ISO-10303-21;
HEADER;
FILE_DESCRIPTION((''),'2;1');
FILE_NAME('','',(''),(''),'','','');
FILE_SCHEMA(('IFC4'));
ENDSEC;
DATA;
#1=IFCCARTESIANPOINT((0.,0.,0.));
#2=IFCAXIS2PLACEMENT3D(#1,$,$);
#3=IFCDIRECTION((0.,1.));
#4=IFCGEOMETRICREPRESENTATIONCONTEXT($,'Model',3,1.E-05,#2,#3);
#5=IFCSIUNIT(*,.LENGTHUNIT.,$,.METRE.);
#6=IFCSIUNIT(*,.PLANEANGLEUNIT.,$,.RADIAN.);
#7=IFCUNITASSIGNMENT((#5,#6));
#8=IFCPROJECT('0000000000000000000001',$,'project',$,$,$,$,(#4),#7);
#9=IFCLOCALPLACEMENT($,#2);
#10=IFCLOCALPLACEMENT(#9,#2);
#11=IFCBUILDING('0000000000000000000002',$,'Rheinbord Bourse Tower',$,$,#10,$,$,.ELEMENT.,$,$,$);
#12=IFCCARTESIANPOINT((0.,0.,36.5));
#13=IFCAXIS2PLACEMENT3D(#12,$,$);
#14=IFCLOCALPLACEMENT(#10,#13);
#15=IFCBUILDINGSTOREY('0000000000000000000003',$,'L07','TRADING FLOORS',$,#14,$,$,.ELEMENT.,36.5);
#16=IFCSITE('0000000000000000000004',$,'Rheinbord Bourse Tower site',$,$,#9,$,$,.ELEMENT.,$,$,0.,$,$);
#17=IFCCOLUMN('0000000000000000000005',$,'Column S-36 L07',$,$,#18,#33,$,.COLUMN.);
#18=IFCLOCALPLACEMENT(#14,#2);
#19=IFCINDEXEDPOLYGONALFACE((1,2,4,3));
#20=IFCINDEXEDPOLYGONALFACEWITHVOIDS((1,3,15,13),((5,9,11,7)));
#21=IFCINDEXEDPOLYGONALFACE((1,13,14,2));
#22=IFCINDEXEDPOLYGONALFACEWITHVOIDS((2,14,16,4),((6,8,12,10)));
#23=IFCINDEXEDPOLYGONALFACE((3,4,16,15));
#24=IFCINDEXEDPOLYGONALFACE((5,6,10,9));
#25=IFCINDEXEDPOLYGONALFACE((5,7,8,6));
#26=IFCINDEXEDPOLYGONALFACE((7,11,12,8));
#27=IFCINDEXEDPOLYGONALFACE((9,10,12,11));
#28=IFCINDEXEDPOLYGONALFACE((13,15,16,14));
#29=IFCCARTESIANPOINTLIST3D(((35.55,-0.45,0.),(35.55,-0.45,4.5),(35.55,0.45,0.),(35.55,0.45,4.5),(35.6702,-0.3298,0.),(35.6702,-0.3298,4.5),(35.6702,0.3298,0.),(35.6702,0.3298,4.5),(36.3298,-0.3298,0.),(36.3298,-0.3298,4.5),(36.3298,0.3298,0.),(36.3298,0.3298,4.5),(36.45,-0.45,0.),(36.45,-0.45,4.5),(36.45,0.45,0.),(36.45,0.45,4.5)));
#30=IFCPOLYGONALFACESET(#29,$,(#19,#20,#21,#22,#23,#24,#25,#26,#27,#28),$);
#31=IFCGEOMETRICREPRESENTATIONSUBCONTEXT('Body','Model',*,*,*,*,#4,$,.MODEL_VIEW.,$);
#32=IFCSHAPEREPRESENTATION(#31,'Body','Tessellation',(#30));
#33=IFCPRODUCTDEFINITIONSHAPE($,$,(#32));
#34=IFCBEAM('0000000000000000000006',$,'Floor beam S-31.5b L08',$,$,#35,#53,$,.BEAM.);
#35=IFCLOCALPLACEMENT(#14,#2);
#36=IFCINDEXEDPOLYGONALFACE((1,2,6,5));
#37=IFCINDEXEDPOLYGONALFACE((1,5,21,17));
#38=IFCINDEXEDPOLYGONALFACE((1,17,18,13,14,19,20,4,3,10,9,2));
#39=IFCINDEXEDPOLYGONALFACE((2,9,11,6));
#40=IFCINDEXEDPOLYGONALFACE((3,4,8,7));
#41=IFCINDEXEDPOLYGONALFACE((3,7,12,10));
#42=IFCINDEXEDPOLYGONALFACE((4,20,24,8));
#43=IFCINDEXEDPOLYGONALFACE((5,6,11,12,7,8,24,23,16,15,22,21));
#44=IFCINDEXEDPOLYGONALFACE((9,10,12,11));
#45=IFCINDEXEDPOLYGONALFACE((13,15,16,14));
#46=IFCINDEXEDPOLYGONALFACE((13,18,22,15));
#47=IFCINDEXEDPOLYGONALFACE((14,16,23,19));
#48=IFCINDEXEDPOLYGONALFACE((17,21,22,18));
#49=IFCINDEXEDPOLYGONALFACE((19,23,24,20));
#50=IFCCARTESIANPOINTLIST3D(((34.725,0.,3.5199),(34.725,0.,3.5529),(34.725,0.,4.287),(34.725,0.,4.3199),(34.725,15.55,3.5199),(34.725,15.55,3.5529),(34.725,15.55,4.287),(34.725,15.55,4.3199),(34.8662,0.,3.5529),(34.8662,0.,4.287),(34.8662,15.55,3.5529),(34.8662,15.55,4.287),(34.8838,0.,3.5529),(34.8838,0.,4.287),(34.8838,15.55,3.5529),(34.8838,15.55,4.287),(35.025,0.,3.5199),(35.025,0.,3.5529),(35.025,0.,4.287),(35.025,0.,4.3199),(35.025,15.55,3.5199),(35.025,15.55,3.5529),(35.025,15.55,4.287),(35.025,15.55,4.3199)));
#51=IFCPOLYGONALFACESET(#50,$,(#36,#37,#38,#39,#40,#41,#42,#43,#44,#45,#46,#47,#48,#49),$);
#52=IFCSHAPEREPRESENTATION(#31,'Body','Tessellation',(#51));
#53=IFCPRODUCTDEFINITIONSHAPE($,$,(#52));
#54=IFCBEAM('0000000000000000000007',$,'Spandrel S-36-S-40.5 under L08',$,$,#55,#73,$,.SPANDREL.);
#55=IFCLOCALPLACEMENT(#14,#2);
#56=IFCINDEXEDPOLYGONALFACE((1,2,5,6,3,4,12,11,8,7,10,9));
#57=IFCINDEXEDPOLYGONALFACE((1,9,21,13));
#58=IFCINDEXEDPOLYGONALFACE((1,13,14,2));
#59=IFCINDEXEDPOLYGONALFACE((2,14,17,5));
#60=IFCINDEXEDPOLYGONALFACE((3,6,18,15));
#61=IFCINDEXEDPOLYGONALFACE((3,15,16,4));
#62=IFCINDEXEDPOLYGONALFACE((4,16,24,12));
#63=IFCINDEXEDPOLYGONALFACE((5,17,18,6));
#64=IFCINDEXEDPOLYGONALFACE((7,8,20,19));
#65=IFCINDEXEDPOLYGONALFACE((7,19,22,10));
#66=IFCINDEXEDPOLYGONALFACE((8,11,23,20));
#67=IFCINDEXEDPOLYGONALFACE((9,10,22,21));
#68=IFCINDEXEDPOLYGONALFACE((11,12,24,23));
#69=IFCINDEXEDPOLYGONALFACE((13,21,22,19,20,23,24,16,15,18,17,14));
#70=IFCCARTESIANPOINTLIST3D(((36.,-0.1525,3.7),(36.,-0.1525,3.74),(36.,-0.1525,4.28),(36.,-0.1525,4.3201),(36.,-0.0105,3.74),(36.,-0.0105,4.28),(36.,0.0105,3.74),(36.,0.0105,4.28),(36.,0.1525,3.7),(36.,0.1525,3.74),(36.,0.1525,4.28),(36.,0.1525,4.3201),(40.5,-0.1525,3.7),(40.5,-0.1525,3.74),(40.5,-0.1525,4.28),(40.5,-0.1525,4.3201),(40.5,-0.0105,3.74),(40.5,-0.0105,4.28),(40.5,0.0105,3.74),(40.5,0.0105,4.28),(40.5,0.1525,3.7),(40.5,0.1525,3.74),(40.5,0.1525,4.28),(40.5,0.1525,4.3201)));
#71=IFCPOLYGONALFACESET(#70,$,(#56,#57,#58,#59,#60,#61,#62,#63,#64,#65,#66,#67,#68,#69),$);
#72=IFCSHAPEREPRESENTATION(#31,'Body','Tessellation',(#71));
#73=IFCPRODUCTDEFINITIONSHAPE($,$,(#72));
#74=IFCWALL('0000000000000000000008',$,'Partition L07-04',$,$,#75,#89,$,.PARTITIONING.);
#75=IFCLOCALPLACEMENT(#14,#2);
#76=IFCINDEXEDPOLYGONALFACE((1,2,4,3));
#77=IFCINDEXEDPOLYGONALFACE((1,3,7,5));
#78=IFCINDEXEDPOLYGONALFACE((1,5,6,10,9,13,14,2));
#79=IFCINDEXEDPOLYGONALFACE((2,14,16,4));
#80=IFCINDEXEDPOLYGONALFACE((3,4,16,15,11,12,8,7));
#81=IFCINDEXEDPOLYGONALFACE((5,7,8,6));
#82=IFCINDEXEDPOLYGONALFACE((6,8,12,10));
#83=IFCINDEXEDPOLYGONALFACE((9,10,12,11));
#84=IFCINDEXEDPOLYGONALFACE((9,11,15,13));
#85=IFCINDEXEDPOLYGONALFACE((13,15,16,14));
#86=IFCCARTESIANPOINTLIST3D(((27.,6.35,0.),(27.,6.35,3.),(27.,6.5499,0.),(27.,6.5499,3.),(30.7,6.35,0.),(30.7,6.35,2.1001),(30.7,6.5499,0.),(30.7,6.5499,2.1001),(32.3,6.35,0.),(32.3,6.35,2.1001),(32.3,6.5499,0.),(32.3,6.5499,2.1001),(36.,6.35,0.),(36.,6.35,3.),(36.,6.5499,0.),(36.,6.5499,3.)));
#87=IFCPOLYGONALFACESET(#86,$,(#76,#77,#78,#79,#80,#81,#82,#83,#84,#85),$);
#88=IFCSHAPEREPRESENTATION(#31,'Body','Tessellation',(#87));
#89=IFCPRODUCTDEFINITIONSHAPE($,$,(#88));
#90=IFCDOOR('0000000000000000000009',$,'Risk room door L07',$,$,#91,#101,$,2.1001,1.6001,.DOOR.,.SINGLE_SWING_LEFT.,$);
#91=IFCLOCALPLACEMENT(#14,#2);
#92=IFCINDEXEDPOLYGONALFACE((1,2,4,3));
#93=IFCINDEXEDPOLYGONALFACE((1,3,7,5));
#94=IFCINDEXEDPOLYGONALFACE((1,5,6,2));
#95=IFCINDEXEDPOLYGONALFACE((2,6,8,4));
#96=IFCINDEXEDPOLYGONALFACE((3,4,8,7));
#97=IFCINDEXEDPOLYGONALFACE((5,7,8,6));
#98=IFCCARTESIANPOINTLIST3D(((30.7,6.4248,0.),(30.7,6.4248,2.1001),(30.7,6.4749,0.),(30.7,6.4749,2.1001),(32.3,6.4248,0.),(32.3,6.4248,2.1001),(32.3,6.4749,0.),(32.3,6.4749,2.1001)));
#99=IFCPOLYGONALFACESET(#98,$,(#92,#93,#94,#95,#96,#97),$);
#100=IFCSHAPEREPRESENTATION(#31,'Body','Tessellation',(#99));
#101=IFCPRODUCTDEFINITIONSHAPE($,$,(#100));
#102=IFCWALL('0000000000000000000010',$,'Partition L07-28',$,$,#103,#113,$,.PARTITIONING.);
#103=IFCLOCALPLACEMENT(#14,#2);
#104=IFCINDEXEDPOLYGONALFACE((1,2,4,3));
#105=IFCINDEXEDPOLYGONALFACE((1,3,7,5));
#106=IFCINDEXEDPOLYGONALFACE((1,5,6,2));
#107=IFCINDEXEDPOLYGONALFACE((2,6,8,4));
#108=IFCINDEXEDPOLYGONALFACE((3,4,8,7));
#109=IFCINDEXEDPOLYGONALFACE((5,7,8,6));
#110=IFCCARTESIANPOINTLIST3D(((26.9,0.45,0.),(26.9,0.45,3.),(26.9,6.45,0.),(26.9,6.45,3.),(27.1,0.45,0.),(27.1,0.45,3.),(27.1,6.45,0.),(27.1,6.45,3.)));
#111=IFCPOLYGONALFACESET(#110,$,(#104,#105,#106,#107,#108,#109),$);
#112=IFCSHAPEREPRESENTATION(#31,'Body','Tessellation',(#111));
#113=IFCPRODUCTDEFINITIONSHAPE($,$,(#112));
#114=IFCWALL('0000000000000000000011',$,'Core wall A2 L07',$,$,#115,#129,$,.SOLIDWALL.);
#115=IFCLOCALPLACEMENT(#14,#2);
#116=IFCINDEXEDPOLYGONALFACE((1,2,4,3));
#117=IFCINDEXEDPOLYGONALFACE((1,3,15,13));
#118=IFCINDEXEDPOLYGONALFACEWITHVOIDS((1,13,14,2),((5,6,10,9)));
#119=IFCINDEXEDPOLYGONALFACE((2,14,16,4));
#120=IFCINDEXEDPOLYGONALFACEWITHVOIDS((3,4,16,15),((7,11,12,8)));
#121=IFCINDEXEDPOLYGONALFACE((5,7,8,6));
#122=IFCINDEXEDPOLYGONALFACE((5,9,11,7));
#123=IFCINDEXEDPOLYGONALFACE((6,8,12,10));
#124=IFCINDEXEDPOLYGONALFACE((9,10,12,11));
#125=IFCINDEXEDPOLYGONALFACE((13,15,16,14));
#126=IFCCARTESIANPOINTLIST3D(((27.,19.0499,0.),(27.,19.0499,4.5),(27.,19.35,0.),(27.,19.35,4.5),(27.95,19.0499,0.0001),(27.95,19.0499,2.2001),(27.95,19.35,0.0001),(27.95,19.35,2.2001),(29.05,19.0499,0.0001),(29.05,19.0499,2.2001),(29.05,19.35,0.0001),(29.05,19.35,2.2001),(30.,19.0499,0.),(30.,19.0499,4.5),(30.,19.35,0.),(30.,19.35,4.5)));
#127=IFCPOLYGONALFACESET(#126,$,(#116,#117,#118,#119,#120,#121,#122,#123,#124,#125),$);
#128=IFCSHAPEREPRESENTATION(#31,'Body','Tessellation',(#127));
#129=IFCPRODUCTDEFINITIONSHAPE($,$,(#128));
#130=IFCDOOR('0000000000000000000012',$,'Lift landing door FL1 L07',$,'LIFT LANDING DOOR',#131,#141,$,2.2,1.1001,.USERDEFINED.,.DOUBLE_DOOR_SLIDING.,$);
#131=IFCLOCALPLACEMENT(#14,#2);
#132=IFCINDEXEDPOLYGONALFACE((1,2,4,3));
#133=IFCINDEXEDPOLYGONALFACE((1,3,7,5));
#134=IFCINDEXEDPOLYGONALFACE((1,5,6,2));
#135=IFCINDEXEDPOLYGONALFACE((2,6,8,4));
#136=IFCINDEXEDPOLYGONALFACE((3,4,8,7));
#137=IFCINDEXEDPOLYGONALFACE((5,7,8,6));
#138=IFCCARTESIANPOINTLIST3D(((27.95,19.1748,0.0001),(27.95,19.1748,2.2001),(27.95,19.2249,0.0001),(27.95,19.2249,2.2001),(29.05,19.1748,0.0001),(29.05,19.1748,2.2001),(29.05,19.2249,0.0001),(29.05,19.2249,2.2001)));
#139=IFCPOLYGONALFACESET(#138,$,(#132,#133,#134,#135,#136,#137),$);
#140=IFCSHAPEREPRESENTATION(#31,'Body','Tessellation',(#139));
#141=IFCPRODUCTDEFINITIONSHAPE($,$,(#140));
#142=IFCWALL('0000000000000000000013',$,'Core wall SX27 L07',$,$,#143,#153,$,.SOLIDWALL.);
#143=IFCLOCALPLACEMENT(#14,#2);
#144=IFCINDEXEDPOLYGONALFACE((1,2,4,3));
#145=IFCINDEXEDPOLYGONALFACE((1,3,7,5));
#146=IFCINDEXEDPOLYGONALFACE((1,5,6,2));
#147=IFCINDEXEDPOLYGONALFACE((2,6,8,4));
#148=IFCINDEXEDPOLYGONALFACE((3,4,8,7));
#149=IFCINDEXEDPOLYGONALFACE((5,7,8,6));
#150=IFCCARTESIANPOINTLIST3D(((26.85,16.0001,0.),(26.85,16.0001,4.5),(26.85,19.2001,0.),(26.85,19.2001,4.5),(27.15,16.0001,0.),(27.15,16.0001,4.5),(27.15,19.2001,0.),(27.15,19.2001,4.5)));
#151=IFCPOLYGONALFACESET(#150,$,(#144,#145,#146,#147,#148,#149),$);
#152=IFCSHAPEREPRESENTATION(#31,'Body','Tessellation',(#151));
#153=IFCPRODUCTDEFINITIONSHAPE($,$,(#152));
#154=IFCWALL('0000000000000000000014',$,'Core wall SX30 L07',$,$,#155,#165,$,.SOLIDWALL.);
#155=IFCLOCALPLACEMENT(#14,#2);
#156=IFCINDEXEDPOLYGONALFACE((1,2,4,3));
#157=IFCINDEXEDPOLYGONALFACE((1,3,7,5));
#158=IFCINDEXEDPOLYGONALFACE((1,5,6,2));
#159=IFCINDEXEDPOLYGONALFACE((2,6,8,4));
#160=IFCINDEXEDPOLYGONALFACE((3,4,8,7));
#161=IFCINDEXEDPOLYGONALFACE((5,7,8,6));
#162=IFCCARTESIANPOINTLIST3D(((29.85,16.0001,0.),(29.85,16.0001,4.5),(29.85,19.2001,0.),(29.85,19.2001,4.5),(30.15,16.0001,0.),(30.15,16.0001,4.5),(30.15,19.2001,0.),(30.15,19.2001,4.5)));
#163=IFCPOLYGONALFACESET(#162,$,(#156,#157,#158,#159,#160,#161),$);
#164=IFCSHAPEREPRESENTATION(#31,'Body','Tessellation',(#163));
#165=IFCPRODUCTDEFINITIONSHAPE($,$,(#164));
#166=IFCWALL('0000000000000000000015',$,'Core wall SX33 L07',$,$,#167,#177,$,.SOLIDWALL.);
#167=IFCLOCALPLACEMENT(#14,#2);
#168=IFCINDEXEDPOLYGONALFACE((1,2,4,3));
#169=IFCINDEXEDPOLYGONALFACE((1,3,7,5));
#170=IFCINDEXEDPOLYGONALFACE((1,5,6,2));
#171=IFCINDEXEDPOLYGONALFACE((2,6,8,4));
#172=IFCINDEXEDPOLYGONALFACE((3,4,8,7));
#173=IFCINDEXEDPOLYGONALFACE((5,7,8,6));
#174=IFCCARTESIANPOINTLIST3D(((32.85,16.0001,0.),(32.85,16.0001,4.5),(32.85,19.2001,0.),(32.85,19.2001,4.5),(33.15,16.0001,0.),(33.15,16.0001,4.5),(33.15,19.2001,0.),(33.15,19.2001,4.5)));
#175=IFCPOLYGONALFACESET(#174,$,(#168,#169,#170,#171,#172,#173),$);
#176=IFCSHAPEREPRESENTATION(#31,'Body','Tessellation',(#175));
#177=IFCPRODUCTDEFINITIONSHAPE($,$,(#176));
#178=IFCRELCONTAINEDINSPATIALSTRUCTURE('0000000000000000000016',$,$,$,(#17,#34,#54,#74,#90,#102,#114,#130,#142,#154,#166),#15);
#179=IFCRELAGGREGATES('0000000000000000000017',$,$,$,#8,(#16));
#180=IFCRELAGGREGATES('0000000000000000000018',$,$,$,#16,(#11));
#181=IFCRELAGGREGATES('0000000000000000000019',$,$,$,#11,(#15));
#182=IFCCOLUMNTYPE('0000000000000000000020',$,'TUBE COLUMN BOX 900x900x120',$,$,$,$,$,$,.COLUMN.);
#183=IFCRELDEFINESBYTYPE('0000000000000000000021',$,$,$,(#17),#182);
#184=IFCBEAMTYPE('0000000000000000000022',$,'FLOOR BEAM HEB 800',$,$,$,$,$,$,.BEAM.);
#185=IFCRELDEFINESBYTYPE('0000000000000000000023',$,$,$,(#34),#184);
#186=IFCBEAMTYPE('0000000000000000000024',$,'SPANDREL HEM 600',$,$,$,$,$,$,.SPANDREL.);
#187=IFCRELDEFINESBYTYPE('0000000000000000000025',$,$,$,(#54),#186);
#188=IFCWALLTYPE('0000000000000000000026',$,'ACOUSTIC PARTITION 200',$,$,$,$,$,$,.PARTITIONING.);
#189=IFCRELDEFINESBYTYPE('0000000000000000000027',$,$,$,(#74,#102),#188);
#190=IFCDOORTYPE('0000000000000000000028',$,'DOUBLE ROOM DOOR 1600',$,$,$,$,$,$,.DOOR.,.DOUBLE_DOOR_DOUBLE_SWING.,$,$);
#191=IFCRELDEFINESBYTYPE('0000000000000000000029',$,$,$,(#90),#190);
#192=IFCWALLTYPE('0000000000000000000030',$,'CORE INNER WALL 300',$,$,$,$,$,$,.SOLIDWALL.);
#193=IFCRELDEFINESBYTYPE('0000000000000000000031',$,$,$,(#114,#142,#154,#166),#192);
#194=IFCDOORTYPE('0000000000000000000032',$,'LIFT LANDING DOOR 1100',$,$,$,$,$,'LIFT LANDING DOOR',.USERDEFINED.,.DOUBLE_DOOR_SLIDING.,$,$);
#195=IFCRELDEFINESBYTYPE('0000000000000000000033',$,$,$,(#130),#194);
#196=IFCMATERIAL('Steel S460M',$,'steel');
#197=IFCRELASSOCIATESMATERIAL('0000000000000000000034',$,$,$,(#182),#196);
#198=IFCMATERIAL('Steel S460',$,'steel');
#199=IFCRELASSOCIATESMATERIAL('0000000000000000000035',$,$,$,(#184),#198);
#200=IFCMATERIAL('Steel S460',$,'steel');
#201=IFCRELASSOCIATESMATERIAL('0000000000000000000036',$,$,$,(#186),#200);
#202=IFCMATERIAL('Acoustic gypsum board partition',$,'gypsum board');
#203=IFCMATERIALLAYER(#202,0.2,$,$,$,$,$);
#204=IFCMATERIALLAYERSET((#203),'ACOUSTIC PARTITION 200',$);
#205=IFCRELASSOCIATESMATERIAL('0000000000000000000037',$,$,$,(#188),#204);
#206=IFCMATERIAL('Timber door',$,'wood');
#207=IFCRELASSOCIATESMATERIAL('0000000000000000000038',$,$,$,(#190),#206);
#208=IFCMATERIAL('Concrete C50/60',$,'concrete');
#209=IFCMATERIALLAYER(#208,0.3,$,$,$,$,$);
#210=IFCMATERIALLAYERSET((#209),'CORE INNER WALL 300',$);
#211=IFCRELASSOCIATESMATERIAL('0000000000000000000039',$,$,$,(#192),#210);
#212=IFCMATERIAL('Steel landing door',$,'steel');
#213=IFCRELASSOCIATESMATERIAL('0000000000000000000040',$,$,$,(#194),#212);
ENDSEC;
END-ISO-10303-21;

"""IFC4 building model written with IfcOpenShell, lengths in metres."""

from ifc_helpers import new_model, si_unit, direction, frame, frame_2d, origin, origin_2d, place, context, subcontext, project, spatial, rectangle, hollow_rectangle, i_section, extrude, material, layer, layer_set, material_profile, profile_set, type_object, element, fill, save


model = new_model("IFC4")

# Units and contexts
model_context = context("Model", 3, precision=1e-05, world=origin(), true_north=direction((0.0, 1.0)))
body_context = subcontext(model_context, "Body", "Model", "MODEL_VIEW")
ifc_project = project(units=[si_unit("LENGTHUNIT", "METRE"), si_unit("PLANEANGLEUNIT", "RADIAN")], contexts=[model_context])

# Site, building, storey
site_placement = place(None, origin())
site = spatial("IfcSite", under=ifc_project, at=site_placement, Name="Rheinbord Bourse Tower site", CompositionType="ELEMENT", RefElevation=0.0)
building_placement = place(site_placement, origin())
building = spatial("IfcBuilding", under=site, at=building_placement, Name="Rheinbord Bourse Tower", CompositionType="ELEMENT")
storey_placement = place(building_placement, frame((0.0, 0.0, 36.5)))
storey = spatial("IfcBuildingStorey", under=building, at=storey_placement, Name="L07", Description="TRADING FLOORS", CompositionType="ELEMENT", Elevation=36.5)

# Column
ifc_material_1 = material(Name="Steel S460M", Category="steel")
ifc_material_profile_1 = material_profile(ifc_material_1, hollow_rectangle(XDim=0.8999, YDim=0.8999, WallThickness=0.1201, at=origin_2d()), Name="BOX 900x900x120")
ifc_profile_set_1 = profile_set([ifc_material_profile_1], Name="Steel S460M")
column_type = type_object("IfcColumnType", Name="TUBE COLUMN BOX 900x900x120", PredefinedType="COLUMN", material=ifc_profile_set_1)
column_placement = place(storey_placement, frame((36.0, 0.0, 0.0), z_axis=(0.0, 0.0, 1.0), x_axis=(0.0, 1.0, 0.0)))
element("IfcColumn", 1, at=column_placement, inside=storey, type_object=column_type, Name="Column S-36 L07", PredefinedType="COLUMN", context=body_context, shape_type="SweptSolid", body=[
    extrude(hollow_rectangle(XDim=0.8999, YDim=0.8999, WallThickness=0.1201, at=origin_2d()), origin(), (0.0, 0.0, 1.0), 4.5),
])

# Beams
ifc_material_2 = material(Name="Steel S460", Category="steel")
ifc_material_profile_2 = material_profile(ifc_material_2, i_section(OverallWidth=0.3, OverallDepth=0.8, WebThickness=0.0176, FlangeThickness=0.033, at=origin_2d()), Name="HEB 800")
ifc_profile_set_2 = profile_set([ifc_material_profile_2], Name="Steel S460")
beam_type_1 = type_object("IfcBeamType", Name="FLOOR BEAM HEB 800", PredefinedType="BEAM", material=ifc_profile_set_2)
beam_1_placement = place(storey_placement, frame((34.875, 0.0, 3.9199), z_axis=(0.0, 1.0, 0.0), x_axis=(-1.0, 0.0, 0.0)))
element("IfcBeam", 2, at=beam_1_placement, inside=storey, type_object=beam_type_1, Name="Floor beam S-31.5b L08", PredefinedType="BEAM", context=body_context, shape_type="SweptSolid", body=[
    extrude(i_section(OverallWidth=0.3, OverallDepth=0.8, WebThickness=0.0176, FlangeThickness=0.033, at=origin_2d()), origin(), (0.0, 0.0, 1.0), 15.55),
])
ifc_material_3 = material(Name="Steel S460", Category="steel")
ifc_material_profile_3 = material_profile(ifc_material_3, i_section(OverallWidth=0.3049, OverallDepth=0.6201, WebThickness=0.021, FlangeThickness=0.04, at=origin_2d()), Name="HEM 600")
ifc_profile_set_3 = profile_set([ifc_material_profile_3], Name="Steel S460")
beam_type_2 = type_object("IfcBeamType", Name="SPANDREL HEM 600", PredefinedType="SPANDREL", material=ifc_profile_set_3)
beam_2_placement = place(storey_placement, frame((36.0, 0.0, 4.01), z_axis=(1.0, 0.0, 0.0), x_axis=(0.0, 1.0, 0.0)))
element("IfcBeam", 3, at=beam_2_placement, inside=storey, type_object=beam_type_2, Name="Spandrel S-36-S-40.5 under L08", PredefinedType="SPANDREL", context=body_context, shape_type="SweptSolid", body=[
    extrude(i_section(OverallWidth=0.3049, OverallDepth=0.6201, WebThickness=0.021, FlangeThickness=0.04, at=origin_2d()), origin(), (0.0, 0.0, 1.0), 4.5),
])

# Wall, opening, door
ifc_material_4 = material(Name="Acoustic gypsum board partition", Category="gypsum board")
ifc_layer_1 = layer(ifc_material_4, 0.2)
ifc_layer_set_1 = layer_set([ifc_layer_1], Name="ACOUSTIC PARTITION 200")
wall_type_1 = type_object("IfcWallType", Name="ACOUSTIC PARTITION 200", PredefinedType="PARTITIONING", material=ifc_layer_set_1)
wall_1_placement = place(storey_placement, frame((27.0, 6.45, 0.0), z_axis=(0.0, 0.0, 1.0), x_axis=(1.0, 0.0, 0.0)))
wall_1 = element("IfcWall", 4, at=wall_1_placement, inside=storey, type_object=wall_type_1, Name="Partition L07-04", PredefinedType="PARTITIONING", context=body_context, shape_type="SweptSolid", body=[
    extrude(rectangle(XDim=9.0, YDim=0.2, at=frame_2d((4.5, 0.0))), origin(), (0.0, 0.0, 1.0), 3.0),
])
opening_1_placement = place(wall_1_placement, frame((3.7, 0.0, 0.0)))
opening_1 = element("IfcOpeningElement", 5, at=opening_1_placement, cuts=wall_1, PredefinedType="OPENING", context=body_context, shape_type="SweptSolid", body=[
    extrude(rectangle(XDim=1.6001, YDim=2.1001, at=frame_2d((0.8, 1.05))), frame((0.0, 0.1099, 0.0), z_axis=(0.0, -1.0, 0.0), x_axis=(1.0, 0.0, 0.0)), (0.0, 0.0, 1.0), 0.22),
])
ifc_material_5 = material(Name="Timber door", Category="wood")
door_type_1 = type_object("IfcDoorType", Name="DOUBLE ROOM DOOR 1600", OperationType="DOUBLE_DOOR_DOUBLE_SWING", PredefinedType="DOOR", material=ifc_material_5)
door_1_placement = place(opening_1_placement, origin())
door_1 = element("IfcDoor", 6, at=door_1_placement, inside=storey, type_object=door_type_1, Name="Risk room door L07", OperationType="SINGLE_SWING_LEFT", OverallHeight=2.1001, OverallWidth=1.6001, PredefinedType="DOOR", context=body_context, shape_type="SweptSolid", body=[
    extrude(rectangle(XDim=1.6001, YDim=2.1001, at=frame_2d((0.8, 1.05))), frame((0.0, 0.0249, 0.0), z_axis=(0.0, -1.0, 0.0), x_axis=(1.0, 0.0, 0.0)), (0.0, 0.0, 1.0), 0.05),
])
fill(opening_1, door_1)

# Wall
wall_2_placement = place(storey_placement, frame((27.0, 0.45, 0.0), z_axis=(0.0, 0.0, 1.0), x_axis=(0.0, 1.0, 0.0)))
element("IfcWall", 7, at=wall_2_placement, inside=storey, type_object=wall_type_1, Name="Partition L07-28", PredefinedType="PARTITIONING", context=body_context, shape_type="SweptSolid", body=[
    extrude(rectangle(XDim=6.0, YDim=0.2, at=frame_2d((3.0, 0.0))), origin(), (0.0, 0.0, 1.0), 3.0),
])

# Wall, opening, door
ifc_material_6 = material(Name="Concrete C50/60", Category="concrete")
ifc_layer_2 = layer(ifc_material_6, 0.3)
ifc_layer_set_2 = layer_set([ifc_layer_2], Name="CORE INNER WALL 300")
wall_type_2 = type_object("IfcWallType", Name="CORE INNER WALL 300", PredefinedType="SOLIDWALL", material=ifc_layer_set_2)
wall_3_placement = place(storey_placement, frame((27.0, 19.2, 0.0), z_axis=(0.0, 0.0, 1.0), x_axis=(1.0, 0.0, 0.0)))
wall_3 = element("IfcWall", 8, at=wall_3_placement, inside=storey, type_object=wall_type_2, Name="Core wall A2 L07", PredefinedType="SOLIDWALL", context=body_context, shape_type="SweptSolid", body=[
    extrude(rectangle(XDim=3.0, YDim=0.3, at=frame_2d((1.5, 0.0))), origin(), (0.0, 0.0, 1.0), 4.5),
])
opening_2_placement = place(wall_3_placement, frame((0.95, 0.0, 0.0)))
opening_2 = element("IfcOpeningElement", 9, at=opening_2_placement, cuts=wall_3, PredefinedType="OPENING", context=body_context, shape_type="SweptSolid", body=[
    extrude(rectangle(XDim=1.1001, YDim=2.2, at=frame_2d((0.55, 1.1001))), frame((0.0, 0.1599, 0.0), z_axis=(0.0, -1.0, 0.0), x_axis=(1.0, 0.0, 0.0)), (0.0, 0.0, 1.0), 0.3201),
])
ifc_material_7 = material(Name="Steel landing door", Category="steel")
door_type_2 = type_object("IfcDoorType", Name="LIFT LANDING DOOR 1100", ElementType="LIFT LANDING DOOR", OperationType="DOUBLE_DOOR_SLIDING", PredefinedType="USERDEFINED", material=ifc_material_7)
door_2_placement = place(opening_2_placement, origin())
door_2 = element("IfcDoor", 10, at=door_2_placement, inside=storey, type_object=door_type_2, Name="Lift landing door FL1 L07", ObjectType="LIFT LANDING DOOR", OperationType="DOUBLE_DOOR_SLIDING", OverallHeight=2.2, OverallWidth=1.1001, PredefinedType="USERDEFINED", context=body_context, shape_type="SweptSolid", body=[
    extrude(rectangle(XDim=1.1001, YDim=2.2, at=frame_2d((0.55, 1.1001))), frame((0.0, 0.0249, 0.0), z_axis=(0.0, -1.0, 0.0), x_axis=(1.0, 0.0, 0.0)), (0.0, 0.0, 1.0), 0.05),
])
fill(opening_2, door_2)

# Walls
for number, where, z_axis, x_axis, name in (
    (11, (27.0, 16.0, 0.0), (0.0, 0.0, 1.0), (0.0, 1.0, 0.0), "Core wall SX27 L07"),
    (12, (30.0, 16.0, 0.0), (0.0, 0.0, 1.0), (0.0, 1.0, 0.0), "Core wall SX30 L07"),
    (13, (33.0, 16.0, 0.0), (0.0, 0.0, 1.0), (0.0, 1.0, 0.0), "Core wall SX33 L07"),
):
    element("IfcWall", number, at=place(storey_placement, frame(where, z_axis=z_axis, x_axis=x_axis)), inside=storey, type_object=wall_type_2, Name=name, PredefinedType="SOLIDWALL", context=body_context, shape_type="SweptSolid", body=[
        extrude(rectangle(XDim=3.2, YDim=0.3, at=frame_2d((1.6001, 0.0))), origin(), (0.0, 0.0, 1.0), 4.5),
    ])

save(model, "model.ifc")
